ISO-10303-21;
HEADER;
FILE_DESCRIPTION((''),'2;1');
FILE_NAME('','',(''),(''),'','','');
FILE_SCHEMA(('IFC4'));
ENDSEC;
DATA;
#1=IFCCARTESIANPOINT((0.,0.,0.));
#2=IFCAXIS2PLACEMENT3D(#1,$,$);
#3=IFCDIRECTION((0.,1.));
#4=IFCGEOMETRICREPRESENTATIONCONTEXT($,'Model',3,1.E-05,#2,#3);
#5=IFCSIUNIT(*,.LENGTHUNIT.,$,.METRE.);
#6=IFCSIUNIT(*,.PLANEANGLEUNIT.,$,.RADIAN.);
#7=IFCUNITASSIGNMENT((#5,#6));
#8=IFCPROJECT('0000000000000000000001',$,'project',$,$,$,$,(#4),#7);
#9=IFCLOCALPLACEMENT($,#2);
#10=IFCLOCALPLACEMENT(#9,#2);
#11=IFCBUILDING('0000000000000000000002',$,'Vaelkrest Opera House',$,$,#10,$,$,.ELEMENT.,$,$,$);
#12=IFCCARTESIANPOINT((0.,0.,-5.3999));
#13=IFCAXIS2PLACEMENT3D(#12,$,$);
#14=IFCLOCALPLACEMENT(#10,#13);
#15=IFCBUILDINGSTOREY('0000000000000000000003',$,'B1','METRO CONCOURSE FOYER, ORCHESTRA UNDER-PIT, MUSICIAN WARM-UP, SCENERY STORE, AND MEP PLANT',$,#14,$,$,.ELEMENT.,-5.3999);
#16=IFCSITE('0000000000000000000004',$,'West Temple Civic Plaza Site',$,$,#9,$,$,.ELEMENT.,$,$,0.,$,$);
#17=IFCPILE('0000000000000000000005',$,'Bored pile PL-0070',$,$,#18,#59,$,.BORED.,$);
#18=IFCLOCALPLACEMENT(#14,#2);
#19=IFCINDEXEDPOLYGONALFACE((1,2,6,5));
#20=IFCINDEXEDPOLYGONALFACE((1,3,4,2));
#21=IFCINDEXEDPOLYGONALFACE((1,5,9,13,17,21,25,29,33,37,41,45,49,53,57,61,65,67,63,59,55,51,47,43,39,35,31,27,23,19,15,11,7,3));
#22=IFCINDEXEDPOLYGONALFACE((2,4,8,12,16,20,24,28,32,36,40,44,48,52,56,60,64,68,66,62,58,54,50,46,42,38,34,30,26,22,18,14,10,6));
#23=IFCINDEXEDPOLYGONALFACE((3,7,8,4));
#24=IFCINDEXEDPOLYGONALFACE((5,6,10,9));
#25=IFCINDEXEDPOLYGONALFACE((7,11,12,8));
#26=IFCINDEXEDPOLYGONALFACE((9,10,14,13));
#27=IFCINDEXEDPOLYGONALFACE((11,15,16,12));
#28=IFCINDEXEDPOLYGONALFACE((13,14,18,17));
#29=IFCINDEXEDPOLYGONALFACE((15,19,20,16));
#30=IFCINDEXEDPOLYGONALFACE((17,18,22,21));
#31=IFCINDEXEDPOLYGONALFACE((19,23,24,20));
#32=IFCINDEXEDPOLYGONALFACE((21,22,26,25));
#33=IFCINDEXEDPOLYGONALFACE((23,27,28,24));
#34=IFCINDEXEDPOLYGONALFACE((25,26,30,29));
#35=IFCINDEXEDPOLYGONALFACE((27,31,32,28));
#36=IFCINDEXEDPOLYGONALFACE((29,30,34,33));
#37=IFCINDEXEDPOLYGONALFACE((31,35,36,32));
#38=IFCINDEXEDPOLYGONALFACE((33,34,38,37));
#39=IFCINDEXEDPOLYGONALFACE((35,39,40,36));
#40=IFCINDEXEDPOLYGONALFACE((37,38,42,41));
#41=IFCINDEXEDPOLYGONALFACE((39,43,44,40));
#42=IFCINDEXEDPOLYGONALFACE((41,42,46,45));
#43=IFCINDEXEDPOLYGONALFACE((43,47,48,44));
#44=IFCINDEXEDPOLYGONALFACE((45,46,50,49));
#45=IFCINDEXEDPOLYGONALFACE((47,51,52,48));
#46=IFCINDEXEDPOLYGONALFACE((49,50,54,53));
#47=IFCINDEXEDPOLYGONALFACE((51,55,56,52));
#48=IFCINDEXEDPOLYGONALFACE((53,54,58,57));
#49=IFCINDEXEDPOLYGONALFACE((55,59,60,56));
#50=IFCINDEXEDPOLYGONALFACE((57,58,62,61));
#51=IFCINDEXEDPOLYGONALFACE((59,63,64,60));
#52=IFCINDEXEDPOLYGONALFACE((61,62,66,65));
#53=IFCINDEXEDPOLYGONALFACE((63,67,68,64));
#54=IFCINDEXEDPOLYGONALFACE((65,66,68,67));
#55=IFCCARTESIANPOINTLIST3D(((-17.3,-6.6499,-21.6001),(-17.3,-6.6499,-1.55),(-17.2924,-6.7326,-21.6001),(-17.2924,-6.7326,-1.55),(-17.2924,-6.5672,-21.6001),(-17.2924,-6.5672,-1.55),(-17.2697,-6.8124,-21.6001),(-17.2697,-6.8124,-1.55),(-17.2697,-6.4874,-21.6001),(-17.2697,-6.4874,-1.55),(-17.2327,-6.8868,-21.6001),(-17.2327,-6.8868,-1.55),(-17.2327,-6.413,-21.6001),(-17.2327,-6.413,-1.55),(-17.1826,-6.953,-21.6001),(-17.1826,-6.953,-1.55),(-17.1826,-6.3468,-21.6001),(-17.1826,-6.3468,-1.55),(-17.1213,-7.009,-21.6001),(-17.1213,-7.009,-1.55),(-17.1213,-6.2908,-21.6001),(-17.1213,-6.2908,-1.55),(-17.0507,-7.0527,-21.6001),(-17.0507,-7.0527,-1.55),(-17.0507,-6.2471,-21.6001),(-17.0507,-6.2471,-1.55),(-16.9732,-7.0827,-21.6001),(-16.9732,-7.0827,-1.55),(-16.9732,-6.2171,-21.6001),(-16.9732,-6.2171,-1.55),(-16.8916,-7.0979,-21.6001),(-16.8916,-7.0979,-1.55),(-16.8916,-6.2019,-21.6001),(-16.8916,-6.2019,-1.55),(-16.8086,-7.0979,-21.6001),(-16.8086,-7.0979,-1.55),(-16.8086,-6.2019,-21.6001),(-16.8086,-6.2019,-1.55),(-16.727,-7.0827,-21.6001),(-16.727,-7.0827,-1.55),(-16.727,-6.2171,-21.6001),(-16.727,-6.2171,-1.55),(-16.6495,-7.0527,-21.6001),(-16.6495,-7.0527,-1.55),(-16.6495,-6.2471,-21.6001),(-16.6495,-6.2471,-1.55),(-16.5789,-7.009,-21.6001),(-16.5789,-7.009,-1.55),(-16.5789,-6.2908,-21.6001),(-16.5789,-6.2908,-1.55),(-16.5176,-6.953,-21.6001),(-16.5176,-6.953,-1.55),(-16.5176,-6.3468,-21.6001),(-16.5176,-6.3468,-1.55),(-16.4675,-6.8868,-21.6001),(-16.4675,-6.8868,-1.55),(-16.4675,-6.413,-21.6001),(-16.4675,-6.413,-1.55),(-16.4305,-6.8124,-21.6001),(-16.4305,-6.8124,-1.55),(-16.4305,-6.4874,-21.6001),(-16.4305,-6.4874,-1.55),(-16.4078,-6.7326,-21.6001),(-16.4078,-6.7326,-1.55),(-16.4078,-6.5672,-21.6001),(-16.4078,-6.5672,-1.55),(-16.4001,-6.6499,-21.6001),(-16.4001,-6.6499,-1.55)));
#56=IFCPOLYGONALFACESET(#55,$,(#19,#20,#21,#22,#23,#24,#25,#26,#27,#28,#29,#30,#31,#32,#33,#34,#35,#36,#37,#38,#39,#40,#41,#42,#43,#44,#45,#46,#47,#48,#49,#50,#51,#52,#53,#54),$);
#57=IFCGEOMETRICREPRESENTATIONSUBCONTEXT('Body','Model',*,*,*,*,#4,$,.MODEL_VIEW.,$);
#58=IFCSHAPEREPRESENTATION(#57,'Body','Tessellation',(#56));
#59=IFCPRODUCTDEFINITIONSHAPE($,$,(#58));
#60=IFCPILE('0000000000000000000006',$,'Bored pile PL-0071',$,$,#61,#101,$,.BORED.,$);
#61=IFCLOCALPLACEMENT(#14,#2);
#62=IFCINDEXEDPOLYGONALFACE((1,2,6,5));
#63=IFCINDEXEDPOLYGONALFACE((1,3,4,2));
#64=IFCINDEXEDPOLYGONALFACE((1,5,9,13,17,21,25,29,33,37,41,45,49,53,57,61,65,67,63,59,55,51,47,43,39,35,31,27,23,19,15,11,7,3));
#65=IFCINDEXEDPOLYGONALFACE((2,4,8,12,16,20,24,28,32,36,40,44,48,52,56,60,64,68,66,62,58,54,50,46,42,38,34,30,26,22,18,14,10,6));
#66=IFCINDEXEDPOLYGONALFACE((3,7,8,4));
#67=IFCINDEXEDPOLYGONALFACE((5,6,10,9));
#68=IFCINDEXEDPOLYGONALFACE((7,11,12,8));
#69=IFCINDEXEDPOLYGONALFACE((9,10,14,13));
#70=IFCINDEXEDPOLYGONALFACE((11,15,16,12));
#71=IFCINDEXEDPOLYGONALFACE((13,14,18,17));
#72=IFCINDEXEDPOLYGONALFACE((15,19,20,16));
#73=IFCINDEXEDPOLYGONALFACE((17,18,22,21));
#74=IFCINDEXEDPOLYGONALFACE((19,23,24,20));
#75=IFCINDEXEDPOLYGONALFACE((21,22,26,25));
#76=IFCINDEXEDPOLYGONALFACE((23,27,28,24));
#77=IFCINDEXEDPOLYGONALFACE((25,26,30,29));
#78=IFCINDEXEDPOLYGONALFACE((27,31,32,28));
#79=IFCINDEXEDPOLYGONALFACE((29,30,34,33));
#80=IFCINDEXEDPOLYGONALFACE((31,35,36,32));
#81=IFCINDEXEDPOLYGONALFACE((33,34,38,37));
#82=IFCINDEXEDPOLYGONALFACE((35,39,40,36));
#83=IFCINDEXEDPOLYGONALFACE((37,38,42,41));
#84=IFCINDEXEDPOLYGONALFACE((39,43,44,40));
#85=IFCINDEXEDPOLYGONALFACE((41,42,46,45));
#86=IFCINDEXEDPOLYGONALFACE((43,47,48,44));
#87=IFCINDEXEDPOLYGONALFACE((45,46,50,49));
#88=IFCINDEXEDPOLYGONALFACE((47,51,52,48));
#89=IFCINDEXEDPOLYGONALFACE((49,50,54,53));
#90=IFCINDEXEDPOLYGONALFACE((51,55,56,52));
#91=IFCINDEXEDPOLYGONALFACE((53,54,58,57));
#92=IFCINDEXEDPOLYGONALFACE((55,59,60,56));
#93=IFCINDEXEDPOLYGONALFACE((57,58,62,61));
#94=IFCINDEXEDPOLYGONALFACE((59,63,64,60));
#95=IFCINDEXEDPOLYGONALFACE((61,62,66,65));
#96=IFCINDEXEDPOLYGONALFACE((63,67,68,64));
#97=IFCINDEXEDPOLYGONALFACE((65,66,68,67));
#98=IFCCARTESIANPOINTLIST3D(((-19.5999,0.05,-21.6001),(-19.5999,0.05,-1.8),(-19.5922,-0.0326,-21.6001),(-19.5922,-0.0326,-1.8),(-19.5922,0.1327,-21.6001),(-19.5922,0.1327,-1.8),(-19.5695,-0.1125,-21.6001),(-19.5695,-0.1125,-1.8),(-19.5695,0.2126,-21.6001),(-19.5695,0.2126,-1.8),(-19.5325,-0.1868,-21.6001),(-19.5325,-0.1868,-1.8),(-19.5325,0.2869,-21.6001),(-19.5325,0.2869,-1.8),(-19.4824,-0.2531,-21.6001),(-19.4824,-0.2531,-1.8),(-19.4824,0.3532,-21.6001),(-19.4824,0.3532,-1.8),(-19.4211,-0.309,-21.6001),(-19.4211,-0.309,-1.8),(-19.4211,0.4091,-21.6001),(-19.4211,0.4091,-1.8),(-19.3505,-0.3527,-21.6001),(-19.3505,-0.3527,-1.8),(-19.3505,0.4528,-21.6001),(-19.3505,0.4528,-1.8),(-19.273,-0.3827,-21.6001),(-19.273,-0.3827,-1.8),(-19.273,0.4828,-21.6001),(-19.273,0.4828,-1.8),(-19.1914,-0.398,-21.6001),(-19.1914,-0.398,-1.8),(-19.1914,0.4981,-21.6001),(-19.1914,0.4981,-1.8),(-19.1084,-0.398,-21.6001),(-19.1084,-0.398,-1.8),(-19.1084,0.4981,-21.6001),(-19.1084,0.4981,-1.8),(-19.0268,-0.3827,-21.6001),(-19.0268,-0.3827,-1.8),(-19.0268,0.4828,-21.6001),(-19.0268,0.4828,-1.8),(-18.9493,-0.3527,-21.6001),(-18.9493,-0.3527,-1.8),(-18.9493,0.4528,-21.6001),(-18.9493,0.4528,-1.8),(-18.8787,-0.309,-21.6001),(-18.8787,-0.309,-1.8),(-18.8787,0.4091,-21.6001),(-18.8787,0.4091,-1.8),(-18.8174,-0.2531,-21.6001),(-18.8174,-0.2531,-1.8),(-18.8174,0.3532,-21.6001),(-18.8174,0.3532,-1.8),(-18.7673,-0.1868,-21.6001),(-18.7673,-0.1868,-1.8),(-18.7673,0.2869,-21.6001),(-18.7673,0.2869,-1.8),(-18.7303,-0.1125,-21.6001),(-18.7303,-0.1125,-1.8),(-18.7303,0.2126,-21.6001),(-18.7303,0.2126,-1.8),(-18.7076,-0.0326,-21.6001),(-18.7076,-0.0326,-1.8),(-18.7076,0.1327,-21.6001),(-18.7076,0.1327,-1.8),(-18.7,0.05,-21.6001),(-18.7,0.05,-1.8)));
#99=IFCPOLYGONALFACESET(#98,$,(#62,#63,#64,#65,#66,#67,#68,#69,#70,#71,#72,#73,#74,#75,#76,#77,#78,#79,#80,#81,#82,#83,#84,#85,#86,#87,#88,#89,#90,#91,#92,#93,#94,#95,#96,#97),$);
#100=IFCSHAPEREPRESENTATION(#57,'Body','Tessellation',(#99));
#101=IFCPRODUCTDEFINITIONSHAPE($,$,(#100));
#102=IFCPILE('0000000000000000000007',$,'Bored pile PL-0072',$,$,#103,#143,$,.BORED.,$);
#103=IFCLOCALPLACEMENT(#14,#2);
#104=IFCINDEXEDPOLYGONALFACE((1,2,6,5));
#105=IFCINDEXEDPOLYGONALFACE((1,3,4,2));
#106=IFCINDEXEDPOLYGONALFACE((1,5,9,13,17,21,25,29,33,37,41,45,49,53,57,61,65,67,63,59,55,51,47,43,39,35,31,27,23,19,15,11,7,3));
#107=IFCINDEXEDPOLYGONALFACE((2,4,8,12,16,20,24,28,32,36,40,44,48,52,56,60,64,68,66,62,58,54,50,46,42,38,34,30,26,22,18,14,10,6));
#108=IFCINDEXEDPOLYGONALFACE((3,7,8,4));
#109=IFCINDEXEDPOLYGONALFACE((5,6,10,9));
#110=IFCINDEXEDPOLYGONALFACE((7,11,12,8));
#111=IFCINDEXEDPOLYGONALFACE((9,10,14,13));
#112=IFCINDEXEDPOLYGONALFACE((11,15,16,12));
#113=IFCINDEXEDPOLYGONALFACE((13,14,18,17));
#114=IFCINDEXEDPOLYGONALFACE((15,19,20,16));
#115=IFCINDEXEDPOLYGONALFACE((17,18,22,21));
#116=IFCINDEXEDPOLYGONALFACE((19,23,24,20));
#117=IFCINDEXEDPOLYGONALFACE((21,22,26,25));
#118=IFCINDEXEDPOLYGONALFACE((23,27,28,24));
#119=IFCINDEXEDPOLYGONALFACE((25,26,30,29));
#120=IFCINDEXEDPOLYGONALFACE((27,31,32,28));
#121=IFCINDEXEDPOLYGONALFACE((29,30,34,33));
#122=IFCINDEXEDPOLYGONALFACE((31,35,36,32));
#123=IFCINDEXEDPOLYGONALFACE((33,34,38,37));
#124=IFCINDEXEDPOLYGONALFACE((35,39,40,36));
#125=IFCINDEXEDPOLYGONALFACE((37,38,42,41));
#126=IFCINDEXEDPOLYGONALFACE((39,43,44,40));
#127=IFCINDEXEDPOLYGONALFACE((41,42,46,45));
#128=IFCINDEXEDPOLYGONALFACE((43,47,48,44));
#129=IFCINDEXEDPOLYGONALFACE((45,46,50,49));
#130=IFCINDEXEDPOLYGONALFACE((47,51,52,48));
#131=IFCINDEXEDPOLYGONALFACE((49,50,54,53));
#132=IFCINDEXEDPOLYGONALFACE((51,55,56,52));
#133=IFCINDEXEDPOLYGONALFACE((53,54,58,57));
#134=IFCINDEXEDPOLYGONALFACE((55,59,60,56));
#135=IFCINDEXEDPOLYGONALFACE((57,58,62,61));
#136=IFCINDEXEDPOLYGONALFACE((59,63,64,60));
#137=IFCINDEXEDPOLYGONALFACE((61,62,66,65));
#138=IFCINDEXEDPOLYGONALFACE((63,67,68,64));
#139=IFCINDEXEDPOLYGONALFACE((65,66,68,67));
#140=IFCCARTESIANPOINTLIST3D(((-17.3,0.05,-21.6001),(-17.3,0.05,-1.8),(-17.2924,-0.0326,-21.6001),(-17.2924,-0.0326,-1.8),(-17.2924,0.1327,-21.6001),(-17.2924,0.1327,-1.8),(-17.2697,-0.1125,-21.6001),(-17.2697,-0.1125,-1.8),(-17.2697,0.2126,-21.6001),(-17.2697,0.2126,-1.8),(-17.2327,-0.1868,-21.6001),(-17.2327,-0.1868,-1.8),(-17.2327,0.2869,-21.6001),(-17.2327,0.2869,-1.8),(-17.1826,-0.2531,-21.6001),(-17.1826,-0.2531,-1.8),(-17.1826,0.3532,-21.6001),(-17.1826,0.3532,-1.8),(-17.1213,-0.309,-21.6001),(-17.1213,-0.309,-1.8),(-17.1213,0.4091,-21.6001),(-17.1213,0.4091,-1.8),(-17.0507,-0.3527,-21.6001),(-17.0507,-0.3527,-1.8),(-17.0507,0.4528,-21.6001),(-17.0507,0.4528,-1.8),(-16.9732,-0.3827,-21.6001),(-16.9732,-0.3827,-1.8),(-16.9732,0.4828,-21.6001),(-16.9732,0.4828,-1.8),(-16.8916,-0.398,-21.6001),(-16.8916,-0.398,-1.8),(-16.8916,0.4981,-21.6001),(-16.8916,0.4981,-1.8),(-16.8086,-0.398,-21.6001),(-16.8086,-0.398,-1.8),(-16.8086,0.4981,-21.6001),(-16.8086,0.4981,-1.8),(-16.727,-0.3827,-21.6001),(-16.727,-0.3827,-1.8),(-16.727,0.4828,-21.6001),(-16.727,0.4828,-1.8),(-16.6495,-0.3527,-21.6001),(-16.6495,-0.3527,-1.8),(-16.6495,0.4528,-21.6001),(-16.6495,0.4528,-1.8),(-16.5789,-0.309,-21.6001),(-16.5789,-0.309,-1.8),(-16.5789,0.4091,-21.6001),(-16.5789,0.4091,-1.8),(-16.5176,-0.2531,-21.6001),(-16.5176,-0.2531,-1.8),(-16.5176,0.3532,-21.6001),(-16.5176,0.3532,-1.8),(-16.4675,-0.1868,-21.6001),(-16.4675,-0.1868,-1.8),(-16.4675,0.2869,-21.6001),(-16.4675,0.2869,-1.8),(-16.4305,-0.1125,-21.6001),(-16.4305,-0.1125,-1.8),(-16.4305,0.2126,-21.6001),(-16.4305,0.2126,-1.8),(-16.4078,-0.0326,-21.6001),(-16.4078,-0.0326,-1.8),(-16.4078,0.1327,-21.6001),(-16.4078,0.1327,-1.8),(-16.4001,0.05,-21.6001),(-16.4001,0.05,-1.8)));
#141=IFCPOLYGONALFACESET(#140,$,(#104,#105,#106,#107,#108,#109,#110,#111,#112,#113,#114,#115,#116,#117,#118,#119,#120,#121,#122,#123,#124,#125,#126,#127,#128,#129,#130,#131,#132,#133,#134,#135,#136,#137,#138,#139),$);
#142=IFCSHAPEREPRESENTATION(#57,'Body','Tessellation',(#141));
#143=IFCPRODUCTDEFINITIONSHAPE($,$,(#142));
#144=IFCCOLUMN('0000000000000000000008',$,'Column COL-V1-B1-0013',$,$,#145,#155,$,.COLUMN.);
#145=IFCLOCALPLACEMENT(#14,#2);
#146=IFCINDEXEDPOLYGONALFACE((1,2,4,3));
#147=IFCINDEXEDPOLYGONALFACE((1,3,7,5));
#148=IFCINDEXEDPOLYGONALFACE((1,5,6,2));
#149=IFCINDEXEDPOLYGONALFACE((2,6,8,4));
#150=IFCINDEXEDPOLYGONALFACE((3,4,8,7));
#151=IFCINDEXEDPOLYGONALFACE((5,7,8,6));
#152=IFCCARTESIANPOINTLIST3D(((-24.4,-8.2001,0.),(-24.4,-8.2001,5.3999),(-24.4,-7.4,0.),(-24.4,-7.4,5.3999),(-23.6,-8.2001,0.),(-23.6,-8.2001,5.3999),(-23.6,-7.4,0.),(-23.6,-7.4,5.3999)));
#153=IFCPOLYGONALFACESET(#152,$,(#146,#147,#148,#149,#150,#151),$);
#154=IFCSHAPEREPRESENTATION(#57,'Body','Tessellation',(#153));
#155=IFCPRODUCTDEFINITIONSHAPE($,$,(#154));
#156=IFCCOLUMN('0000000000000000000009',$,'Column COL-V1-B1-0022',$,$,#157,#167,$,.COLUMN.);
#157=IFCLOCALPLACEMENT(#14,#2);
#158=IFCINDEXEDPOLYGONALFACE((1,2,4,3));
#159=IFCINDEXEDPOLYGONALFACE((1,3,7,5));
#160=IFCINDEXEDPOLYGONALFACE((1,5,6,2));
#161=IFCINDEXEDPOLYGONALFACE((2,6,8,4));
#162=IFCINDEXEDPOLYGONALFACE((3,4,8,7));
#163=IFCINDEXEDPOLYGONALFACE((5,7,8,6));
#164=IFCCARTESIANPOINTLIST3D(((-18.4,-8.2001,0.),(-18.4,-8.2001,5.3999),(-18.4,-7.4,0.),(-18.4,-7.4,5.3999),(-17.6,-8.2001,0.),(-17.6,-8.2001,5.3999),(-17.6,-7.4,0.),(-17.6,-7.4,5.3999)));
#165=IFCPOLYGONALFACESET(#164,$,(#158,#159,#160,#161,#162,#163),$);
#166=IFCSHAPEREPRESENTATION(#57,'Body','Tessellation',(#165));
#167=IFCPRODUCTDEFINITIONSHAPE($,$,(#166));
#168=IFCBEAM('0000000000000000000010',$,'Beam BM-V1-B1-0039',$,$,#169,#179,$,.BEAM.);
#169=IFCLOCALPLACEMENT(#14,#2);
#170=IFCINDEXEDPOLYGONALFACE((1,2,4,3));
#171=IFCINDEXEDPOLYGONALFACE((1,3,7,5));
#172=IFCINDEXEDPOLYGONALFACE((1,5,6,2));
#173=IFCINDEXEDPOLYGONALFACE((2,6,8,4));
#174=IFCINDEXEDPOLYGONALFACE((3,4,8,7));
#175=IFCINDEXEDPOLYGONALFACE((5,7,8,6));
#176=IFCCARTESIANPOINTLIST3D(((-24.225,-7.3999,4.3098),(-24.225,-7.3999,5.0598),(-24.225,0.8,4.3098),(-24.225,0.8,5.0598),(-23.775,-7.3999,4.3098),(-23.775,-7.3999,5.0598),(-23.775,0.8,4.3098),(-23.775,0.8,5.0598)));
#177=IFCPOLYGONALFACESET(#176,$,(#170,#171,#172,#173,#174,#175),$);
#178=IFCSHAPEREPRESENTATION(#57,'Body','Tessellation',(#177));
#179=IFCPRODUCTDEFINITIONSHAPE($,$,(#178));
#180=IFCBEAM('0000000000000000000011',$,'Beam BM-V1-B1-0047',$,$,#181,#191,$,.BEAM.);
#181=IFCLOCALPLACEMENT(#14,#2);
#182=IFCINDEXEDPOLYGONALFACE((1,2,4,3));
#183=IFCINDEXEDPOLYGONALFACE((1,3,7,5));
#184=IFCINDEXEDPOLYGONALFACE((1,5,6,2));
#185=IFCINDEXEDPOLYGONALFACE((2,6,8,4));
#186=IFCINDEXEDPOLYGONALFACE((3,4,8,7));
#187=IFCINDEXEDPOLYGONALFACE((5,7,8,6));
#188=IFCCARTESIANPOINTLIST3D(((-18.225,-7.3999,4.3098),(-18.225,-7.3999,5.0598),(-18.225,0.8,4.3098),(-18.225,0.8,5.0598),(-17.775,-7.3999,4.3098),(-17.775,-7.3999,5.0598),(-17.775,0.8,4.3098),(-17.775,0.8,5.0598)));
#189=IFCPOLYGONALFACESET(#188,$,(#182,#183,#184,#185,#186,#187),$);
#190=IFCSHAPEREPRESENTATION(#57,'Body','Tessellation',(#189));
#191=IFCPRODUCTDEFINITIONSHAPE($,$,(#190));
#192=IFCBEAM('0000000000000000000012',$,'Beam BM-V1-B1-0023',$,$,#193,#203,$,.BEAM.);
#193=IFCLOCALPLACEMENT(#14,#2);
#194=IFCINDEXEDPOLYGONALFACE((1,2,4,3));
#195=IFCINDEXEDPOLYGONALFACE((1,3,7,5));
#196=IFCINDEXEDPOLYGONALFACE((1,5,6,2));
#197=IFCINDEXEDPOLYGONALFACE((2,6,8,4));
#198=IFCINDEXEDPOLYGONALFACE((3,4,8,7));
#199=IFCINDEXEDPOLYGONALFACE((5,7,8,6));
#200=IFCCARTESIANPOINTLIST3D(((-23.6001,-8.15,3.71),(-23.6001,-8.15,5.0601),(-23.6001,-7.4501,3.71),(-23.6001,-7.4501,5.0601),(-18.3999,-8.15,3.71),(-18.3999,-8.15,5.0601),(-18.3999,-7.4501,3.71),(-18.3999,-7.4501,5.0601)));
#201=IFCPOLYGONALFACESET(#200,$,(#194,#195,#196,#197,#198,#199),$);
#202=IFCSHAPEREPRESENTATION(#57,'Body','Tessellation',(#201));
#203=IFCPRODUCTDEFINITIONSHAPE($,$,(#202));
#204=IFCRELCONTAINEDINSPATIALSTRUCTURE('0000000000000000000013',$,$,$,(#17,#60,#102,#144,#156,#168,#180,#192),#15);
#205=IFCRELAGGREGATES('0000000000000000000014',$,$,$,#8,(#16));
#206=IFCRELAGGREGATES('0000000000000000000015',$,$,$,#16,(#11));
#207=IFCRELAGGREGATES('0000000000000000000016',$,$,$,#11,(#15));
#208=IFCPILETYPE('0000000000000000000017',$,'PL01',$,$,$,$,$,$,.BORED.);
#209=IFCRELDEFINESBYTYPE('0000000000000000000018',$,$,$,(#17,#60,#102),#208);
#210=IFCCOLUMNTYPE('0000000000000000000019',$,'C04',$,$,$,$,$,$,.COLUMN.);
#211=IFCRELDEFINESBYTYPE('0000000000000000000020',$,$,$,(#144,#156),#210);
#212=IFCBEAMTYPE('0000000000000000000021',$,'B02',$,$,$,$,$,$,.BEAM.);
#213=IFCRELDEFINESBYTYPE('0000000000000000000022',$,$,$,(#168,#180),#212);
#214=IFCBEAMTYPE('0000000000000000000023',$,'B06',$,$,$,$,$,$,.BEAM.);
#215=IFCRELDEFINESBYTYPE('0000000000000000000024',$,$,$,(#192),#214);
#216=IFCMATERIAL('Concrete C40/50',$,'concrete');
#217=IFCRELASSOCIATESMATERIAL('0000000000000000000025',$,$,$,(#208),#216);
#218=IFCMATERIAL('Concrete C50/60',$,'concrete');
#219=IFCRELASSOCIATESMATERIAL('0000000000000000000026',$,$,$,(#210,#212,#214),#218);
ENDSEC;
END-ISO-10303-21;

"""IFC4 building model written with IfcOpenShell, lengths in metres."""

from ifc_helpers import new_model, si_unit, direction, frame, origin, origin_2d, place, context, subcontext, project, spatial, rectangle, circle, extrude, material, material_profile, profile_set, type_object, element, save


model = new_model("IFC4")

# Units and contexts
model_context = context("Model", 3, precision=1e-05, world=origin(), true_north=direction((0.0, 1.0)))
body_context = subcontext(model_context, "Body", "Model", "MODEL_VIEW")
ifc_project = project(units=[si_unit("LENGTHUNIT", "METRE"), si_unit("PLANEANGLEUNIT", "RADIAN")], contexts=[model_context])

# Site, building, storey
site_placement = place(None, origin())
site = spatial("IfcSite", under=ifc_project, at=site_placement, Name="West Temple Civic Plaza Site", CompositionType="ELEMENT", RefElevation=0.0)
building_placement = place(site_placement, origin())
building = spatial("IfcBuilding", under=site, at=building_placement, Name="Vaelkrest Opera House", CompositionType="ELEMENT")
storey_placement = place(building_placement, frame((0.0, 0.0, -5.3999)))
storey = spatial("IfcBuildingStorey", under=building, at=storey_placement, Name="B1", Description="METRO CONCOURSE FOYER, ORCHESTRA UNDER-PIT, MUSICIAN WARM-UP, SCENERY STORE, AND MEP PLANT", CompositionType="ELEMENT", Elevation=-5.3999)

# Shared definitions
ifc_material_1 = material(Name="Concrete C40/50", Category="concrete")

# Piles
ifc_material_profile_1 = material_profile(ifc_material_1, circle(Radius=0.45, at=origin_2d()), Name="PILE900")
ifc_profile_set_1 = profile_set([ifc_material_profile_1], Name="Concrete C40/50")
pile_type = type_object("IfcPileType", Name="PL01", PredefinedType="BORED", material=ifc_profile_set_1)
for number, where, z_axis, x_axis, name in (
    (1, (-16.8501, -6.6499, -1.55), (0.0, 0.0, -1.0), (1.0, 0.0, 0.0), "Bored pile PL-0070"),
):
    element("IfcPile", number, at=place(storey_placement, frame(where, z_axis=z_axis, x_axis=x_axis)), inside=storey, type_object=pile_type, Name=name, PredefinedType="BORED", context=body_context, shape_type="SweptSolid", body=[
        extrude(circle(Radius=0.45, at=origin_2d()), origin(), (0.0, 0.0, 1.0), 20.05),
    ])
for number, where, z_axis, x_axis, name in (
    (2, (-19.1499, 0.05, -1.8), (0.0, 0.0, -1.0), (1.0, 0.0, 0.0), "Bored pile PL-0071"),
    (3, (-16.8501, 0.05, -1.8), (0.0, 0.0, -1.0), (1.0, 0.0, 0.0), "Bored pile PL-0072"),
):
    element("IfcPile", number, at=place(storey_placement, frame(where, z_axis=z_axis, x_axis=x_axis)), inside=storey, type_object=pile_type, Name=name, PredefinedType="BORED", context=body_context, shape_type="SweptSolid", body=[
        extrude(circle(Radius=0.45, at=origin_2d()), origin(), (0.0, 0.0, 1.0), 19.8),
    ])

# Columns
ifc_material_2 = material(Name="Concrete C50/60", Category="concrete")
ifc_material_profile_2 = material_profile(ifc_material_2, rectangle(XDim=0.8, YDim=0.8, at=origin_2d()), Name="RC800X800")
ifc_profile_set_2 = profile_set([ifc_material_profile_2], Name="Concrete C50/60")
column_type = type_object("IfcColumnType", Name="C04", PredefinedType="COLUMN", material=ifc_profile_set_2)
for number, where, z_axis, x_axis, name in (
    (4, (-24.0, -7.8, 0.0), (0.0, 0.0, 1.0), (1.0, 0.0, 0.0), "Column COL-V1-B1-0013"),
    (5, (-18.0, -7.8, 0.0), (0.0, 0.0, 1.0), (1.0, 0.0, 0.0), "Column COL-V1-B1-0022"),
):
    element("IfcColumn", number, at=place(storey_placement, frame(where, z_axis=z_axis, x_axis=x_axis)), inside=storey, type_object=column_type, Name=name, PredefinedType="COLUMN", context=body_context, shape_type="SweptSolid", body=[
        extrude(rectangle(XDim=0.8, YDim=0.8, at=origin_2d()), origin(), (0.0, 0.0, 1.0), 5.3999),
    ])

# Beams
ifc_material_profile_3 = material_profile(ifc_material_2, rectangle(XDim=0.45, YDim=0.75, at=origin_2d()), Name="RCB450X750")
ifc_profile_set_3 = profile_set([ifc_material_profile_3], Name="Concrete C50/60")
beam_type_1 = type_object("IfcBeamType", Name="B02", PredefinedType="BEAM", material=ifc_profile_set_3)
for number, where, z_axis, x_axis, name in (
    (6, (-24.0, -7.3999, 4.6848), (0.0, 1.0, 0.0), (-1.0, 0.0, 0.0), "Beam BM-V1-B1-0039"),
    (7, (-18.0, -7.3999, 4.6848), (0.0, 1.0, 0.0), (-1.0, 0.0, 0.0), "Beam BM-V1-B1-0047"),
):
    element("IfcBeam", number, at=place(storey_placement, frame(where, z_axis=z_axis, x_axis=x_axis)), inside=storey, type_object=beam_type_1, Name=name, PredefinedType="BEAM", context=body_context, shape_type="SweptSolid", body=[
        extrude(rectangle(XDim=0.45, YDim=0.75, at=origin_2d()), origin(), (0.0, 0.0, 1.0), 8.2),
    ])
ifc_material_profile_4 = material_profile(ifc_material_2, rectangle(XDim=0.7, YDim=1.3501, at=origin_2d()), Name="RCB700X1350")
ifc_profile_set_4 = profile_set([ifc_material_profile_4], Name="Concrete C50/60")
beam_type_2 = type_object("IfcBeamType", Name="B06", PredefinedType="BEAM", material=ifc_profile_set_4)
beam_1_placement = place(storey_placement, frame((-23.6001, -7.8, 4.385), z_axis=(1.0, 0.0, 0.0), x_axis=(0.0, 1.0, 0.0)))
element("IfcBeam", 8, at=beam_1_placement, inside=storey, type_object=beam_type_2, Name="Beam BM-V1-B1-0023", PredefinedType="BEAM", context=body_context, shape_type="SweptSolid", body=[
    extrude(rectangle(XDim=0.7, YDim=1.3501, at=origin_2d()), origin(), (0.0, 0.0, 1.0), 5.2002),
])

save(model, "model.ifc")
